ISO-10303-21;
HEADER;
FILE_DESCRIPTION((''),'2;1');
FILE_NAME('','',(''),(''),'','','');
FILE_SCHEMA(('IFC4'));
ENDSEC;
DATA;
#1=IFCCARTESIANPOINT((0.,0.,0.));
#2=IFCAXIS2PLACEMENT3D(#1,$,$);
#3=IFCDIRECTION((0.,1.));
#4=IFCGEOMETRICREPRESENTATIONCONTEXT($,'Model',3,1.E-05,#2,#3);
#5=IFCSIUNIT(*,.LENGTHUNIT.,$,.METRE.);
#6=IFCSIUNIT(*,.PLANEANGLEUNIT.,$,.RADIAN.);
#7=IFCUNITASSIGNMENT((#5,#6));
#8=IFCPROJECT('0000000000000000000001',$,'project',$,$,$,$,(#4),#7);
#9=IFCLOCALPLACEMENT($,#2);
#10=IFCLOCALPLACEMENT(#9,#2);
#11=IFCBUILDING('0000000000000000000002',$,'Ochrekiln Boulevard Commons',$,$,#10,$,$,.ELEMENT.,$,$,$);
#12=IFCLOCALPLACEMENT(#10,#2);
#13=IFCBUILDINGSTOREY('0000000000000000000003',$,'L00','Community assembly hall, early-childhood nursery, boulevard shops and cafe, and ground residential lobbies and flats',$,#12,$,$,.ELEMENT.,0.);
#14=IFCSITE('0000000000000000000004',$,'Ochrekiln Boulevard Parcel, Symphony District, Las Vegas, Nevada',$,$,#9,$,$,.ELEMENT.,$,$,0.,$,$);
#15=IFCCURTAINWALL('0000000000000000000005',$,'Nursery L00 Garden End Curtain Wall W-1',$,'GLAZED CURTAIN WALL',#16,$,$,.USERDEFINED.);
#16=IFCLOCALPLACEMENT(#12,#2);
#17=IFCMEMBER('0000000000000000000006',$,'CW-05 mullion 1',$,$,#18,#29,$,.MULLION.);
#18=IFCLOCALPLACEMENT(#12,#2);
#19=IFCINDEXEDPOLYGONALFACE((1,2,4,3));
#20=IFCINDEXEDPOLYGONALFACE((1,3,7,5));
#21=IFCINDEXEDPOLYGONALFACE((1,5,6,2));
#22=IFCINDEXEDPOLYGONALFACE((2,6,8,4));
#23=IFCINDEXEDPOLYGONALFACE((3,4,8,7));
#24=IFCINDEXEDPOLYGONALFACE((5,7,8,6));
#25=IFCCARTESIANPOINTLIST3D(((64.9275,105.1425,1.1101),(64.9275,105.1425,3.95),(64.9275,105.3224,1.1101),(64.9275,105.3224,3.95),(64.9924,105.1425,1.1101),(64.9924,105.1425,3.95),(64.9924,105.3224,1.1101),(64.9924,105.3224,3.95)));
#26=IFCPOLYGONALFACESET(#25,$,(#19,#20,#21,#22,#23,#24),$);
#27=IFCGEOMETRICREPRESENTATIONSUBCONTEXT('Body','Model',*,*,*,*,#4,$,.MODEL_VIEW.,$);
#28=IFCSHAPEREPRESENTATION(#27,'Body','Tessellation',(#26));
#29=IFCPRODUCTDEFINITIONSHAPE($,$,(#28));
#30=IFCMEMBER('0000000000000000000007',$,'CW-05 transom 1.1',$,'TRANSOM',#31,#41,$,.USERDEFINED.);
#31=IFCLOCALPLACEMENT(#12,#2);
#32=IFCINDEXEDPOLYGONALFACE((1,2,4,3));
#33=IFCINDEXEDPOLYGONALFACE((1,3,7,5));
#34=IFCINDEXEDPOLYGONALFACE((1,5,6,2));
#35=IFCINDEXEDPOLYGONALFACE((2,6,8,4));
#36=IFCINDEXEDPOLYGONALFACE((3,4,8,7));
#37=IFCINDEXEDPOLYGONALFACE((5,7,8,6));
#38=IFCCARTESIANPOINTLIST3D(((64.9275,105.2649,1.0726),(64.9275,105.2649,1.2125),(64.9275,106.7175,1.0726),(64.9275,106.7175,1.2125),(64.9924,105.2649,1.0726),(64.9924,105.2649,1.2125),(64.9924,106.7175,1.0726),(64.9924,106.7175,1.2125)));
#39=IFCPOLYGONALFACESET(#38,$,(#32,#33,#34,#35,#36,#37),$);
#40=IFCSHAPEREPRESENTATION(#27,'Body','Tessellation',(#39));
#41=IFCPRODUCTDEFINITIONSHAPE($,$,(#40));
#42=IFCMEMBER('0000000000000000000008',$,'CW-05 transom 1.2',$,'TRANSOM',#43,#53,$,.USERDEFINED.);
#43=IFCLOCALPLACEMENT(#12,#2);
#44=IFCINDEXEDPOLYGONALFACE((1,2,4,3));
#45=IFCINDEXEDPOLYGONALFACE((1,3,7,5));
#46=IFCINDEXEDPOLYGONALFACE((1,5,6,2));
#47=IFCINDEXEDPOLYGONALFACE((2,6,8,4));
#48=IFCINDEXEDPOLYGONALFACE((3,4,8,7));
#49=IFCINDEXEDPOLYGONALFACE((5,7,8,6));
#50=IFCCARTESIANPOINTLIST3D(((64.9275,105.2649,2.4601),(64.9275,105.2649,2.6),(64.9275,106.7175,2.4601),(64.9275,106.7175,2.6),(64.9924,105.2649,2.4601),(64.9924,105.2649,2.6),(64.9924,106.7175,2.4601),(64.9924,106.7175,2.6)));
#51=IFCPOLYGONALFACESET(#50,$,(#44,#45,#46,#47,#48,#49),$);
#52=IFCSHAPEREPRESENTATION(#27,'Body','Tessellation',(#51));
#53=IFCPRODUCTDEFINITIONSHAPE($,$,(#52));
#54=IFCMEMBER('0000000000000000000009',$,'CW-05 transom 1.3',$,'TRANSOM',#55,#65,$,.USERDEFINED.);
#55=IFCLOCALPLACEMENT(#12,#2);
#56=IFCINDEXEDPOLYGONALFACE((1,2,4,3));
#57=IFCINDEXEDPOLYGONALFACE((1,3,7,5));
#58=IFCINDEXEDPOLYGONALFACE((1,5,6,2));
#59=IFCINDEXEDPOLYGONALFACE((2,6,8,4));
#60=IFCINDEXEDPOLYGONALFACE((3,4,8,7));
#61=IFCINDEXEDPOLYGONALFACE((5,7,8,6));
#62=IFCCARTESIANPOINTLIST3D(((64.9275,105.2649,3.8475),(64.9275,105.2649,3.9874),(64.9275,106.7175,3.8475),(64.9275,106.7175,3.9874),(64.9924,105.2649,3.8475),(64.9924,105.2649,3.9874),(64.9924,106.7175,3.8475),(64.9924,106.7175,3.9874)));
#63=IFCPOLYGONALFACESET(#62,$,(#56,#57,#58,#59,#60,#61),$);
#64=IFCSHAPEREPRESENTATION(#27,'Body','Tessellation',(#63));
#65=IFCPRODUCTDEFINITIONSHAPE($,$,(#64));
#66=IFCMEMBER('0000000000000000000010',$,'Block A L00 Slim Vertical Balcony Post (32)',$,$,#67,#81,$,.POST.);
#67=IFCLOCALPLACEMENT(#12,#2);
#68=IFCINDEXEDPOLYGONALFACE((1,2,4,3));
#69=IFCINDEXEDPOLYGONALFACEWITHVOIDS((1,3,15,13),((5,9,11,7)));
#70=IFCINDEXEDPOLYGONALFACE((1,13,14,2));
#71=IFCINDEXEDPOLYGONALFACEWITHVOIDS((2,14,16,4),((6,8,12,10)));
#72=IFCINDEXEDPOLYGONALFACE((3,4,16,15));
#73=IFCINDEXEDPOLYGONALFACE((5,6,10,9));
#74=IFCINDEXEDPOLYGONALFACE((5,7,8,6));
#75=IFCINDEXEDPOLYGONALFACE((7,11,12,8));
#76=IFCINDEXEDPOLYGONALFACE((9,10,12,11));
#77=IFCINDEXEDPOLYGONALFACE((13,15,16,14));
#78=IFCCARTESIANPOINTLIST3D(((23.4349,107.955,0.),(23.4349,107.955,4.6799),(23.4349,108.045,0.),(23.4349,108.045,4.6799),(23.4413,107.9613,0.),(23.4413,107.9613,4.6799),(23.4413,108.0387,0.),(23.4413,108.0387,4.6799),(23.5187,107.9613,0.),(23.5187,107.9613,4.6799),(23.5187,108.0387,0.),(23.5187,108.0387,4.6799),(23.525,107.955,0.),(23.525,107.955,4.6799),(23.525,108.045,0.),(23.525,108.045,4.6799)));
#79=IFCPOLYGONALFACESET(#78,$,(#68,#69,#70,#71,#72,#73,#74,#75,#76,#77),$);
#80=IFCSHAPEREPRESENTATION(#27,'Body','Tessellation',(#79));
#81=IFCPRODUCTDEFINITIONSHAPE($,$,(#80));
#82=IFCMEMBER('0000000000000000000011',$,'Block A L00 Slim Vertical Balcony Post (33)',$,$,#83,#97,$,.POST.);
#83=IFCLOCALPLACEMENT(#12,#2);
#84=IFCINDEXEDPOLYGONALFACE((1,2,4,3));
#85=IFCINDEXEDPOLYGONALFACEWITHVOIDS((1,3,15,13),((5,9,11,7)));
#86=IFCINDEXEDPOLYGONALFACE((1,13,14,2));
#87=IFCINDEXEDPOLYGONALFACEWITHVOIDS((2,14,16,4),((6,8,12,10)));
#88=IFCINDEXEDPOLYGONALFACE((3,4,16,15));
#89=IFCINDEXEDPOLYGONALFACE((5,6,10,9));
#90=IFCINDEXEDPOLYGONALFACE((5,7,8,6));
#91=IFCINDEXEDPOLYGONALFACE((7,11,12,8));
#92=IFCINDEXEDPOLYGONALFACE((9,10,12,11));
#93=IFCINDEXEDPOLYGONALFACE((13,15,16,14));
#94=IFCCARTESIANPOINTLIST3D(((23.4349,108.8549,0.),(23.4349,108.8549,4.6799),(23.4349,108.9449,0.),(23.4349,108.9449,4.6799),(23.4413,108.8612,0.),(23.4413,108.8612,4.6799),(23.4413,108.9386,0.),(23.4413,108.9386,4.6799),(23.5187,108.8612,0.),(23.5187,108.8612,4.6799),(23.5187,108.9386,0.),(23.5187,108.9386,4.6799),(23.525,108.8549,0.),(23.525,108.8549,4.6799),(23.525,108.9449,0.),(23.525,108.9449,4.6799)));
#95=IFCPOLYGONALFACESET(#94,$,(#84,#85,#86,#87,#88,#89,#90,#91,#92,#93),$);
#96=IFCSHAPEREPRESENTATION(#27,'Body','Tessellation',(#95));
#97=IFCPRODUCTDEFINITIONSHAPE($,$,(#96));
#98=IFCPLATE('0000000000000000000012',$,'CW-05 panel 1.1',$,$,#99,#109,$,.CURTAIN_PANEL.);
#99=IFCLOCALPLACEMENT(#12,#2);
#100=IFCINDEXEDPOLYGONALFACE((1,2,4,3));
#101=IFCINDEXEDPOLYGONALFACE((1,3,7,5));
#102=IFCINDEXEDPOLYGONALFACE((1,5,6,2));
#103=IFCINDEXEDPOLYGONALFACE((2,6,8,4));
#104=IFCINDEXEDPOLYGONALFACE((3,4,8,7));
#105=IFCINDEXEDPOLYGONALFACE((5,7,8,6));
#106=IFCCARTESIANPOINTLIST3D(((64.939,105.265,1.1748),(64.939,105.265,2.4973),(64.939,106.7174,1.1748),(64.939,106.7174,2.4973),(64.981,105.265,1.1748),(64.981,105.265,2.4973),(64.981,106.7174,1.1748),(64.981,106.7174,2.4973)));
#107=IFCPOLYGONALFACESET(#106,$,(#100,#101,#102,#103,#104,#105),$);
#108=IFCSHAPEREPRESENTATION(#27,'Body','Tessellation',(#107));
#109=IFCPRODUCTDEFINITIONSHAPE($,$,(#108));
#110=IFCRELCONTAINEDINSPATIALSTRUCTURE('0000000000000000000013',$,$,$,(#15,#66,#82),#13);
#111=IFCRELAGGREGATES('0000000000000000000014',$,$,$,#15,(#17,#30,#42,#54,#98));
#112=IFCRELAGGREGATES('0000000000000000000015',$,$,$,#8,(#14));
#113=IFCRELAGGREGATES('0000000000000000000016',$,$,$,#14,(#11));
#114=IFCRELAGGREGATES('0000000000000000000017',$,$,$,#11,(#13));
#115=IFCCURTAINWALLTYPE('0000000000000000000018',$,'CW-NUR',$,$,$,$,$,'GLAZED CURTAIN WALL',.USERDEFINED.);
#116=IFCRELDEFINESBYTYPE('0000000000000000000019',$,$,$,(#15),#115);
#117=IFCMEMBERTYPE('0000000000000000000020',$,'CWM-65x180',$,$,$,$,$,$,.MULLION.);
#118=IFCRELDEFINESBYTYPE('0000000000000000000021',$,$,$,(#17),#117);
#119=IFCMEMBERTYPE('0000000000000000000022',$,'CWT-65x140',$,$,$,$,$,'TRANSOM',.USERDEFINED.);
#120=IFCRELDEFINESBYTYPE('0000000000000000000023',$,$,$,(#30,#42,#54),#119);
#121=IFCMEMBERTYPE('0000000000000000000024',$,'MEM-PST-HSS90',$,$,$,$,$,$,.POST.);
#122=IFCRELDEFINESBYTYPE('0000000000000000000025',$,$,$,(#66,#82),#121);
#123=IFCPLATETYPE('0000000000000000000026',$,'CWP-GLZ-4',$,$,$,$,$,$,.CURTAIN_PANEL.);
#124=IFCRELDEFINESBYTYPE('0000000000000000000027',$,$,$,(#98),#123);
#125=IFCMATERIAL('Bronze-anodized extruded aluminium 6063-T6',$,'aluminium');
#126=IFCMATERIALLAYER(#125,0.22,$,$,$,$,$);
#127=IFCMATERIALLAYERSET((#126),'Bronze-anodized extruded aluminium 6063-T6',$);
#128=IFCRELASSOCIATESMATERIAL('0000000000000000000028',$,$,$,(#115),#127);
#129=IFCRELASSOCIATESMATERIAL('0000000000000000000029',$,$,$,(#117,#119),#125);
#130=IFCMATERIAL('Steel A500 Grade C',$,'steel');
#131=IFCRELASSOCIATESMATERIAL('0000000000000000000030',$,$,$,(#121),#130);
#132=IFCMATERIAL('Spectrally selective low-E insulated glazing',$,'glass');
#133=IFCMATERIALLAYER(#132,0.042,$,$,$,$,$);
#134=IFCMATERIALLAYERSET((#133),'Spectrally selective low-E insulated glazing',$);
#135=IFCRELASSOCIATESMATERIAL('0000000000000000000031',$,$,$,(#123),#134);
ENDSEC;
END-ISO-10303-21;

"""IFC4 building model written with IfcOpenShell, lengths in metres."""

from ifc_helpers import new_model, si_unit, direction, frame, origin, origin_2d, place, context, subcontext, project, spatial, rectangle, hollow_rectangle, extrude, material, layer, layer_set, material_profile, profile_set, type_object, element, aggregate, save


model = new_model("IFC4")

# Units and contexts
model_context = context("Model", 3, precision=1e-05, world=origin(), true_north=direction((0.0, 1.0)))
body_context = subcontext(model_context, "Body", "Model", "MODEL_VIEW")
ifc_project = project(units=[si_unit("LENGTHUNIT", "METRE"), si_unit("PLANEANGLEUNIT", "RADIAN")], contexts=[model_context])

# Site, building, storey
site_placement = place(None, origin())
site = spatial("IfcSite", under=ifc_project, at=site_placement, Name="Ochrekiln Boulevard Parcel, Symphony District, Las Vegas, Nevada", CompositionType="ELEMENT", RefElevation=0.0)
building_placement = place(site_placement, origin())
building = spatial("IfcBuilding", under=site, at=building_placement, Name="Ochrekiln Boulevard Commons", CompositionType="ELEMENT")
storey_placement = place(building_placement, origin())
storey = spatial("IfcBuildingStorey", under=building, at=storey_placement, Name="L00", Description="Community assembly hall, early-childhood nursery, boulevard shops and cafe, and ground residential lobbies and flats", CompositionType="ELEMENT", Elevation=0.0)

# Curtain wall, members
ifc_material_1 = material(Name="Bronze-anodized extruded aluminium 6063-T6", Category="aluminium")
ifc_layer_1 = layer(ifc_material_1, 0.22)
ifc_layer_set_1 = layer_set([ifc_layer_1], Name="Bronze-anodized extruded aluminium 6063-T6")
curtain_wall_type = type_object("IfcCurtainWallType", Name="CW-NUR", ElementType="GLAZED CURTAIN WALL", PredefinedType="USERDEFINED", material=ifc_layer_set_1)
curtain_wall_placement = place(storey_placement, origin())
curtain_wall = element("IfcCurtainWall", 1, at=curtain_wall_placement, inside=storey, type_object=curtain_wall_type, Name="Nursery L00 Garden End Curtain Wall W-1", ObjectType="GLAZED CURTAIN WALL", PredefinedType="USERDEFINED")
ifc_material_profile_1 = material_profile(ifc_material_1, rectangle(XDim=0.0649, YDim=0.1799, at=origin_2d()), Name="ALU-MUL-65x180")
ifc_profile_set_1 = profile_set([ifc_material_profile_1], Name="Bronze-anodized extruded aluminium 6063-T6")
member_type_1 = type_object("IfcMemberType", Name="CWM-65x180", PredefinedType="MULLION", material=ifc_profile_set_1)
member_1_placement = place(storey_placement, frame((64.96, 105.2324, 1.1101), z_axis=(0.0, 0.0, 1.0), x_axis=(-1.0, 0.0, 0.0)))
member_1 = element("IfcMember", 2, at=member_1_placement, type_object=member_type_1, Name="CW-05 mullion 1", PredefinedType="MULLION", context=body_context, shape_type="SweptSolid", body=[
    extrude(rectangle(XDim=0.0649, YDim=0.1799, at=origin_2d()), origin(), (0.0, 0.0, 1.0), 2.8398),
])
ifc_material_profile_2 = material_profile(ifc_material_1, rectangle(XDim=0.0649, YDim=0.1399, at=origin_2d()), Name="ALU-TRN-65x140")
ifc_profile_set_2 = profile_set([ifc_material_profile_2], Name="Bronze-anodized extruded aluminium 6063-T6")
member_type_2 = type_object("IfcMemberType", Name="CWT-65x140", ElementType="TRANSOM", PredefinedType="USERDEFINED", material=ifc_profile_set_2)
member_2_placement = place(storey_placement, frame((64.96, 105.2649, 1.1426), z_axis=(0.0, 1.0, 0.0), x_axis=(-1.0, 0.0, 0.0)))
member_2 = element("IfcMember", 3, at=member_2_placement, type_object=member_type_2, Name="CW-05 transom 1.1", ObjectType="TRANSOM", PredefinedType="USERDEFINED", context=body_context, shape_type="SweptSolid", body=[
    extrude(rectangle(XDim=0.0649, YDim=0.1399, at=origin_2d()), origin(), (0.0, 0.0, 1.0), 1.4526),
])
member_3_placement = place(storey_placement, frame((64.96, 105.2649, 2.53), z_axis=(0.0, 1.0, 0.0), x_axis=(-1.0, 0.0, 0.0)))
member_3 = element("IfcMember", 4, at=member_3_placement, type_object=member_type_2, Name="CW-05 transom 1.2", ObjectType="TRANSOM", PredefinedType="USERDEFINED", context=body_context, shape_type="SweptSolid", body=[
    extrude(rectangle(XDim=0.0649, YDim=0.1399, at=origin_2d()), origin(), (0.0, 0.0, 1.0), 1.4526),
])
member_4_placement = place(storey_placement, frame((64.96, 105.2649, 3.9175), z_axis=(0.0, 1.0, 0.0), x_axis=(-1.0, 0.0, 0.0)))
member_4 = element("IfcMember", 5, at=member_4_placement, type_object=member_type_2, Name="CW-05 transom 1.3", ObjectType="TRANSOM", PredefinedType="USERDEFINED", context=body_context, shape_type="SweptSolid", body=[
    extrude(rectangle(XDim=0.0649, YDim=0.1399, at=origin_2d()), origin(), (0.0, 0.0, 1.0), 1.4526),
])

# Members
ifc_material_2 = material(Name="Steel A500 Grade C", Category="steel")
ifc_material_profile_3 = material_profile(ifc_material_2, hollow_rectangle(XDim=0.0901, YDim=0.0901, WallThickness=0.0063, at=origin_2d()), Name="HSS90X90X6.4")
ifc_profile_set_3 = profile_set([ifc_material_profile_3], Name="Steel A500 Grade C")
member_type_3 = type_object("IfcMemberType", Name="MEM-PST-HSS90", PredefinedType="POST", material=ifc_profile_set_3)
for number, where, z_axis, x_axis, name in (
    (6, (23.48, 108.0, 0.0), (0.0, 0.0, 1.0), (1.0, 0.0, 0.0), "Block A L00 Slim Vertical Balcony Post (32)"),
    (7, (23.48, 108.8999, 0.0), (0.0, 0.0, 1.0), (1.0, 0.0, 0.0), "Block A L00 Slim Vertical Balcony Post (33)"),
):
    element("IfcMember", number, at=place(storey_placement, frame(where, z_axis=z_axis, x_axis=x_axis)), inside=storey, type_object=member_type_3, Name=name, PredefinedType="POST", context=body_context, shape_type="SweptSolid", body=[
        extrude(hollow_rectangle(XDim=0.0901, YDim=0.0901, WallThickness=0.0063, at=origin_2d()), origin(), (0.0, 0.0, 1.0), 4.6799),
    ])

# Plate
ifc_material_3 = material(Name="Spectrally selective low-E insulated glazing", Category="glass")
ifc_layer_2 = layer(ifc_material_3, 0.042)
ifc_layer_set_2 = layer_set([ifc_layer_2], Name="Spectrally selective low-E insulated glazing")
plate_type = type_object("IfcPlateType", Name="CWP-GLZ-4", PredefinedType="CURTAIN_PANEL", material=ifc_layer_set_2)
plate_placement = place(storey_placement, frame((64.96, 105.9912, 1.1748), z_axis=(0.0, 0.0, 1.0), x_axis=(0.0, 1.0, 0.0)))
plate = element("IfcPlate", 8, at=plate_placement, type_object=plate_type, Name="CW-05 panel 1.1", PredefinedType="CURTAIN_PANEL", context=body_context, shape_type="SweptSolid", body=[
    extrude(rectangle(XDim=1.4524, YDim=0.042, at=origin_2d()), origin(), (0.0, 0.0, 1.0), 1.3225),
])
aggregate(curtain_wall, [member_1, member_2, member_3, member_4, plate])

save(model, "model.ifc")
